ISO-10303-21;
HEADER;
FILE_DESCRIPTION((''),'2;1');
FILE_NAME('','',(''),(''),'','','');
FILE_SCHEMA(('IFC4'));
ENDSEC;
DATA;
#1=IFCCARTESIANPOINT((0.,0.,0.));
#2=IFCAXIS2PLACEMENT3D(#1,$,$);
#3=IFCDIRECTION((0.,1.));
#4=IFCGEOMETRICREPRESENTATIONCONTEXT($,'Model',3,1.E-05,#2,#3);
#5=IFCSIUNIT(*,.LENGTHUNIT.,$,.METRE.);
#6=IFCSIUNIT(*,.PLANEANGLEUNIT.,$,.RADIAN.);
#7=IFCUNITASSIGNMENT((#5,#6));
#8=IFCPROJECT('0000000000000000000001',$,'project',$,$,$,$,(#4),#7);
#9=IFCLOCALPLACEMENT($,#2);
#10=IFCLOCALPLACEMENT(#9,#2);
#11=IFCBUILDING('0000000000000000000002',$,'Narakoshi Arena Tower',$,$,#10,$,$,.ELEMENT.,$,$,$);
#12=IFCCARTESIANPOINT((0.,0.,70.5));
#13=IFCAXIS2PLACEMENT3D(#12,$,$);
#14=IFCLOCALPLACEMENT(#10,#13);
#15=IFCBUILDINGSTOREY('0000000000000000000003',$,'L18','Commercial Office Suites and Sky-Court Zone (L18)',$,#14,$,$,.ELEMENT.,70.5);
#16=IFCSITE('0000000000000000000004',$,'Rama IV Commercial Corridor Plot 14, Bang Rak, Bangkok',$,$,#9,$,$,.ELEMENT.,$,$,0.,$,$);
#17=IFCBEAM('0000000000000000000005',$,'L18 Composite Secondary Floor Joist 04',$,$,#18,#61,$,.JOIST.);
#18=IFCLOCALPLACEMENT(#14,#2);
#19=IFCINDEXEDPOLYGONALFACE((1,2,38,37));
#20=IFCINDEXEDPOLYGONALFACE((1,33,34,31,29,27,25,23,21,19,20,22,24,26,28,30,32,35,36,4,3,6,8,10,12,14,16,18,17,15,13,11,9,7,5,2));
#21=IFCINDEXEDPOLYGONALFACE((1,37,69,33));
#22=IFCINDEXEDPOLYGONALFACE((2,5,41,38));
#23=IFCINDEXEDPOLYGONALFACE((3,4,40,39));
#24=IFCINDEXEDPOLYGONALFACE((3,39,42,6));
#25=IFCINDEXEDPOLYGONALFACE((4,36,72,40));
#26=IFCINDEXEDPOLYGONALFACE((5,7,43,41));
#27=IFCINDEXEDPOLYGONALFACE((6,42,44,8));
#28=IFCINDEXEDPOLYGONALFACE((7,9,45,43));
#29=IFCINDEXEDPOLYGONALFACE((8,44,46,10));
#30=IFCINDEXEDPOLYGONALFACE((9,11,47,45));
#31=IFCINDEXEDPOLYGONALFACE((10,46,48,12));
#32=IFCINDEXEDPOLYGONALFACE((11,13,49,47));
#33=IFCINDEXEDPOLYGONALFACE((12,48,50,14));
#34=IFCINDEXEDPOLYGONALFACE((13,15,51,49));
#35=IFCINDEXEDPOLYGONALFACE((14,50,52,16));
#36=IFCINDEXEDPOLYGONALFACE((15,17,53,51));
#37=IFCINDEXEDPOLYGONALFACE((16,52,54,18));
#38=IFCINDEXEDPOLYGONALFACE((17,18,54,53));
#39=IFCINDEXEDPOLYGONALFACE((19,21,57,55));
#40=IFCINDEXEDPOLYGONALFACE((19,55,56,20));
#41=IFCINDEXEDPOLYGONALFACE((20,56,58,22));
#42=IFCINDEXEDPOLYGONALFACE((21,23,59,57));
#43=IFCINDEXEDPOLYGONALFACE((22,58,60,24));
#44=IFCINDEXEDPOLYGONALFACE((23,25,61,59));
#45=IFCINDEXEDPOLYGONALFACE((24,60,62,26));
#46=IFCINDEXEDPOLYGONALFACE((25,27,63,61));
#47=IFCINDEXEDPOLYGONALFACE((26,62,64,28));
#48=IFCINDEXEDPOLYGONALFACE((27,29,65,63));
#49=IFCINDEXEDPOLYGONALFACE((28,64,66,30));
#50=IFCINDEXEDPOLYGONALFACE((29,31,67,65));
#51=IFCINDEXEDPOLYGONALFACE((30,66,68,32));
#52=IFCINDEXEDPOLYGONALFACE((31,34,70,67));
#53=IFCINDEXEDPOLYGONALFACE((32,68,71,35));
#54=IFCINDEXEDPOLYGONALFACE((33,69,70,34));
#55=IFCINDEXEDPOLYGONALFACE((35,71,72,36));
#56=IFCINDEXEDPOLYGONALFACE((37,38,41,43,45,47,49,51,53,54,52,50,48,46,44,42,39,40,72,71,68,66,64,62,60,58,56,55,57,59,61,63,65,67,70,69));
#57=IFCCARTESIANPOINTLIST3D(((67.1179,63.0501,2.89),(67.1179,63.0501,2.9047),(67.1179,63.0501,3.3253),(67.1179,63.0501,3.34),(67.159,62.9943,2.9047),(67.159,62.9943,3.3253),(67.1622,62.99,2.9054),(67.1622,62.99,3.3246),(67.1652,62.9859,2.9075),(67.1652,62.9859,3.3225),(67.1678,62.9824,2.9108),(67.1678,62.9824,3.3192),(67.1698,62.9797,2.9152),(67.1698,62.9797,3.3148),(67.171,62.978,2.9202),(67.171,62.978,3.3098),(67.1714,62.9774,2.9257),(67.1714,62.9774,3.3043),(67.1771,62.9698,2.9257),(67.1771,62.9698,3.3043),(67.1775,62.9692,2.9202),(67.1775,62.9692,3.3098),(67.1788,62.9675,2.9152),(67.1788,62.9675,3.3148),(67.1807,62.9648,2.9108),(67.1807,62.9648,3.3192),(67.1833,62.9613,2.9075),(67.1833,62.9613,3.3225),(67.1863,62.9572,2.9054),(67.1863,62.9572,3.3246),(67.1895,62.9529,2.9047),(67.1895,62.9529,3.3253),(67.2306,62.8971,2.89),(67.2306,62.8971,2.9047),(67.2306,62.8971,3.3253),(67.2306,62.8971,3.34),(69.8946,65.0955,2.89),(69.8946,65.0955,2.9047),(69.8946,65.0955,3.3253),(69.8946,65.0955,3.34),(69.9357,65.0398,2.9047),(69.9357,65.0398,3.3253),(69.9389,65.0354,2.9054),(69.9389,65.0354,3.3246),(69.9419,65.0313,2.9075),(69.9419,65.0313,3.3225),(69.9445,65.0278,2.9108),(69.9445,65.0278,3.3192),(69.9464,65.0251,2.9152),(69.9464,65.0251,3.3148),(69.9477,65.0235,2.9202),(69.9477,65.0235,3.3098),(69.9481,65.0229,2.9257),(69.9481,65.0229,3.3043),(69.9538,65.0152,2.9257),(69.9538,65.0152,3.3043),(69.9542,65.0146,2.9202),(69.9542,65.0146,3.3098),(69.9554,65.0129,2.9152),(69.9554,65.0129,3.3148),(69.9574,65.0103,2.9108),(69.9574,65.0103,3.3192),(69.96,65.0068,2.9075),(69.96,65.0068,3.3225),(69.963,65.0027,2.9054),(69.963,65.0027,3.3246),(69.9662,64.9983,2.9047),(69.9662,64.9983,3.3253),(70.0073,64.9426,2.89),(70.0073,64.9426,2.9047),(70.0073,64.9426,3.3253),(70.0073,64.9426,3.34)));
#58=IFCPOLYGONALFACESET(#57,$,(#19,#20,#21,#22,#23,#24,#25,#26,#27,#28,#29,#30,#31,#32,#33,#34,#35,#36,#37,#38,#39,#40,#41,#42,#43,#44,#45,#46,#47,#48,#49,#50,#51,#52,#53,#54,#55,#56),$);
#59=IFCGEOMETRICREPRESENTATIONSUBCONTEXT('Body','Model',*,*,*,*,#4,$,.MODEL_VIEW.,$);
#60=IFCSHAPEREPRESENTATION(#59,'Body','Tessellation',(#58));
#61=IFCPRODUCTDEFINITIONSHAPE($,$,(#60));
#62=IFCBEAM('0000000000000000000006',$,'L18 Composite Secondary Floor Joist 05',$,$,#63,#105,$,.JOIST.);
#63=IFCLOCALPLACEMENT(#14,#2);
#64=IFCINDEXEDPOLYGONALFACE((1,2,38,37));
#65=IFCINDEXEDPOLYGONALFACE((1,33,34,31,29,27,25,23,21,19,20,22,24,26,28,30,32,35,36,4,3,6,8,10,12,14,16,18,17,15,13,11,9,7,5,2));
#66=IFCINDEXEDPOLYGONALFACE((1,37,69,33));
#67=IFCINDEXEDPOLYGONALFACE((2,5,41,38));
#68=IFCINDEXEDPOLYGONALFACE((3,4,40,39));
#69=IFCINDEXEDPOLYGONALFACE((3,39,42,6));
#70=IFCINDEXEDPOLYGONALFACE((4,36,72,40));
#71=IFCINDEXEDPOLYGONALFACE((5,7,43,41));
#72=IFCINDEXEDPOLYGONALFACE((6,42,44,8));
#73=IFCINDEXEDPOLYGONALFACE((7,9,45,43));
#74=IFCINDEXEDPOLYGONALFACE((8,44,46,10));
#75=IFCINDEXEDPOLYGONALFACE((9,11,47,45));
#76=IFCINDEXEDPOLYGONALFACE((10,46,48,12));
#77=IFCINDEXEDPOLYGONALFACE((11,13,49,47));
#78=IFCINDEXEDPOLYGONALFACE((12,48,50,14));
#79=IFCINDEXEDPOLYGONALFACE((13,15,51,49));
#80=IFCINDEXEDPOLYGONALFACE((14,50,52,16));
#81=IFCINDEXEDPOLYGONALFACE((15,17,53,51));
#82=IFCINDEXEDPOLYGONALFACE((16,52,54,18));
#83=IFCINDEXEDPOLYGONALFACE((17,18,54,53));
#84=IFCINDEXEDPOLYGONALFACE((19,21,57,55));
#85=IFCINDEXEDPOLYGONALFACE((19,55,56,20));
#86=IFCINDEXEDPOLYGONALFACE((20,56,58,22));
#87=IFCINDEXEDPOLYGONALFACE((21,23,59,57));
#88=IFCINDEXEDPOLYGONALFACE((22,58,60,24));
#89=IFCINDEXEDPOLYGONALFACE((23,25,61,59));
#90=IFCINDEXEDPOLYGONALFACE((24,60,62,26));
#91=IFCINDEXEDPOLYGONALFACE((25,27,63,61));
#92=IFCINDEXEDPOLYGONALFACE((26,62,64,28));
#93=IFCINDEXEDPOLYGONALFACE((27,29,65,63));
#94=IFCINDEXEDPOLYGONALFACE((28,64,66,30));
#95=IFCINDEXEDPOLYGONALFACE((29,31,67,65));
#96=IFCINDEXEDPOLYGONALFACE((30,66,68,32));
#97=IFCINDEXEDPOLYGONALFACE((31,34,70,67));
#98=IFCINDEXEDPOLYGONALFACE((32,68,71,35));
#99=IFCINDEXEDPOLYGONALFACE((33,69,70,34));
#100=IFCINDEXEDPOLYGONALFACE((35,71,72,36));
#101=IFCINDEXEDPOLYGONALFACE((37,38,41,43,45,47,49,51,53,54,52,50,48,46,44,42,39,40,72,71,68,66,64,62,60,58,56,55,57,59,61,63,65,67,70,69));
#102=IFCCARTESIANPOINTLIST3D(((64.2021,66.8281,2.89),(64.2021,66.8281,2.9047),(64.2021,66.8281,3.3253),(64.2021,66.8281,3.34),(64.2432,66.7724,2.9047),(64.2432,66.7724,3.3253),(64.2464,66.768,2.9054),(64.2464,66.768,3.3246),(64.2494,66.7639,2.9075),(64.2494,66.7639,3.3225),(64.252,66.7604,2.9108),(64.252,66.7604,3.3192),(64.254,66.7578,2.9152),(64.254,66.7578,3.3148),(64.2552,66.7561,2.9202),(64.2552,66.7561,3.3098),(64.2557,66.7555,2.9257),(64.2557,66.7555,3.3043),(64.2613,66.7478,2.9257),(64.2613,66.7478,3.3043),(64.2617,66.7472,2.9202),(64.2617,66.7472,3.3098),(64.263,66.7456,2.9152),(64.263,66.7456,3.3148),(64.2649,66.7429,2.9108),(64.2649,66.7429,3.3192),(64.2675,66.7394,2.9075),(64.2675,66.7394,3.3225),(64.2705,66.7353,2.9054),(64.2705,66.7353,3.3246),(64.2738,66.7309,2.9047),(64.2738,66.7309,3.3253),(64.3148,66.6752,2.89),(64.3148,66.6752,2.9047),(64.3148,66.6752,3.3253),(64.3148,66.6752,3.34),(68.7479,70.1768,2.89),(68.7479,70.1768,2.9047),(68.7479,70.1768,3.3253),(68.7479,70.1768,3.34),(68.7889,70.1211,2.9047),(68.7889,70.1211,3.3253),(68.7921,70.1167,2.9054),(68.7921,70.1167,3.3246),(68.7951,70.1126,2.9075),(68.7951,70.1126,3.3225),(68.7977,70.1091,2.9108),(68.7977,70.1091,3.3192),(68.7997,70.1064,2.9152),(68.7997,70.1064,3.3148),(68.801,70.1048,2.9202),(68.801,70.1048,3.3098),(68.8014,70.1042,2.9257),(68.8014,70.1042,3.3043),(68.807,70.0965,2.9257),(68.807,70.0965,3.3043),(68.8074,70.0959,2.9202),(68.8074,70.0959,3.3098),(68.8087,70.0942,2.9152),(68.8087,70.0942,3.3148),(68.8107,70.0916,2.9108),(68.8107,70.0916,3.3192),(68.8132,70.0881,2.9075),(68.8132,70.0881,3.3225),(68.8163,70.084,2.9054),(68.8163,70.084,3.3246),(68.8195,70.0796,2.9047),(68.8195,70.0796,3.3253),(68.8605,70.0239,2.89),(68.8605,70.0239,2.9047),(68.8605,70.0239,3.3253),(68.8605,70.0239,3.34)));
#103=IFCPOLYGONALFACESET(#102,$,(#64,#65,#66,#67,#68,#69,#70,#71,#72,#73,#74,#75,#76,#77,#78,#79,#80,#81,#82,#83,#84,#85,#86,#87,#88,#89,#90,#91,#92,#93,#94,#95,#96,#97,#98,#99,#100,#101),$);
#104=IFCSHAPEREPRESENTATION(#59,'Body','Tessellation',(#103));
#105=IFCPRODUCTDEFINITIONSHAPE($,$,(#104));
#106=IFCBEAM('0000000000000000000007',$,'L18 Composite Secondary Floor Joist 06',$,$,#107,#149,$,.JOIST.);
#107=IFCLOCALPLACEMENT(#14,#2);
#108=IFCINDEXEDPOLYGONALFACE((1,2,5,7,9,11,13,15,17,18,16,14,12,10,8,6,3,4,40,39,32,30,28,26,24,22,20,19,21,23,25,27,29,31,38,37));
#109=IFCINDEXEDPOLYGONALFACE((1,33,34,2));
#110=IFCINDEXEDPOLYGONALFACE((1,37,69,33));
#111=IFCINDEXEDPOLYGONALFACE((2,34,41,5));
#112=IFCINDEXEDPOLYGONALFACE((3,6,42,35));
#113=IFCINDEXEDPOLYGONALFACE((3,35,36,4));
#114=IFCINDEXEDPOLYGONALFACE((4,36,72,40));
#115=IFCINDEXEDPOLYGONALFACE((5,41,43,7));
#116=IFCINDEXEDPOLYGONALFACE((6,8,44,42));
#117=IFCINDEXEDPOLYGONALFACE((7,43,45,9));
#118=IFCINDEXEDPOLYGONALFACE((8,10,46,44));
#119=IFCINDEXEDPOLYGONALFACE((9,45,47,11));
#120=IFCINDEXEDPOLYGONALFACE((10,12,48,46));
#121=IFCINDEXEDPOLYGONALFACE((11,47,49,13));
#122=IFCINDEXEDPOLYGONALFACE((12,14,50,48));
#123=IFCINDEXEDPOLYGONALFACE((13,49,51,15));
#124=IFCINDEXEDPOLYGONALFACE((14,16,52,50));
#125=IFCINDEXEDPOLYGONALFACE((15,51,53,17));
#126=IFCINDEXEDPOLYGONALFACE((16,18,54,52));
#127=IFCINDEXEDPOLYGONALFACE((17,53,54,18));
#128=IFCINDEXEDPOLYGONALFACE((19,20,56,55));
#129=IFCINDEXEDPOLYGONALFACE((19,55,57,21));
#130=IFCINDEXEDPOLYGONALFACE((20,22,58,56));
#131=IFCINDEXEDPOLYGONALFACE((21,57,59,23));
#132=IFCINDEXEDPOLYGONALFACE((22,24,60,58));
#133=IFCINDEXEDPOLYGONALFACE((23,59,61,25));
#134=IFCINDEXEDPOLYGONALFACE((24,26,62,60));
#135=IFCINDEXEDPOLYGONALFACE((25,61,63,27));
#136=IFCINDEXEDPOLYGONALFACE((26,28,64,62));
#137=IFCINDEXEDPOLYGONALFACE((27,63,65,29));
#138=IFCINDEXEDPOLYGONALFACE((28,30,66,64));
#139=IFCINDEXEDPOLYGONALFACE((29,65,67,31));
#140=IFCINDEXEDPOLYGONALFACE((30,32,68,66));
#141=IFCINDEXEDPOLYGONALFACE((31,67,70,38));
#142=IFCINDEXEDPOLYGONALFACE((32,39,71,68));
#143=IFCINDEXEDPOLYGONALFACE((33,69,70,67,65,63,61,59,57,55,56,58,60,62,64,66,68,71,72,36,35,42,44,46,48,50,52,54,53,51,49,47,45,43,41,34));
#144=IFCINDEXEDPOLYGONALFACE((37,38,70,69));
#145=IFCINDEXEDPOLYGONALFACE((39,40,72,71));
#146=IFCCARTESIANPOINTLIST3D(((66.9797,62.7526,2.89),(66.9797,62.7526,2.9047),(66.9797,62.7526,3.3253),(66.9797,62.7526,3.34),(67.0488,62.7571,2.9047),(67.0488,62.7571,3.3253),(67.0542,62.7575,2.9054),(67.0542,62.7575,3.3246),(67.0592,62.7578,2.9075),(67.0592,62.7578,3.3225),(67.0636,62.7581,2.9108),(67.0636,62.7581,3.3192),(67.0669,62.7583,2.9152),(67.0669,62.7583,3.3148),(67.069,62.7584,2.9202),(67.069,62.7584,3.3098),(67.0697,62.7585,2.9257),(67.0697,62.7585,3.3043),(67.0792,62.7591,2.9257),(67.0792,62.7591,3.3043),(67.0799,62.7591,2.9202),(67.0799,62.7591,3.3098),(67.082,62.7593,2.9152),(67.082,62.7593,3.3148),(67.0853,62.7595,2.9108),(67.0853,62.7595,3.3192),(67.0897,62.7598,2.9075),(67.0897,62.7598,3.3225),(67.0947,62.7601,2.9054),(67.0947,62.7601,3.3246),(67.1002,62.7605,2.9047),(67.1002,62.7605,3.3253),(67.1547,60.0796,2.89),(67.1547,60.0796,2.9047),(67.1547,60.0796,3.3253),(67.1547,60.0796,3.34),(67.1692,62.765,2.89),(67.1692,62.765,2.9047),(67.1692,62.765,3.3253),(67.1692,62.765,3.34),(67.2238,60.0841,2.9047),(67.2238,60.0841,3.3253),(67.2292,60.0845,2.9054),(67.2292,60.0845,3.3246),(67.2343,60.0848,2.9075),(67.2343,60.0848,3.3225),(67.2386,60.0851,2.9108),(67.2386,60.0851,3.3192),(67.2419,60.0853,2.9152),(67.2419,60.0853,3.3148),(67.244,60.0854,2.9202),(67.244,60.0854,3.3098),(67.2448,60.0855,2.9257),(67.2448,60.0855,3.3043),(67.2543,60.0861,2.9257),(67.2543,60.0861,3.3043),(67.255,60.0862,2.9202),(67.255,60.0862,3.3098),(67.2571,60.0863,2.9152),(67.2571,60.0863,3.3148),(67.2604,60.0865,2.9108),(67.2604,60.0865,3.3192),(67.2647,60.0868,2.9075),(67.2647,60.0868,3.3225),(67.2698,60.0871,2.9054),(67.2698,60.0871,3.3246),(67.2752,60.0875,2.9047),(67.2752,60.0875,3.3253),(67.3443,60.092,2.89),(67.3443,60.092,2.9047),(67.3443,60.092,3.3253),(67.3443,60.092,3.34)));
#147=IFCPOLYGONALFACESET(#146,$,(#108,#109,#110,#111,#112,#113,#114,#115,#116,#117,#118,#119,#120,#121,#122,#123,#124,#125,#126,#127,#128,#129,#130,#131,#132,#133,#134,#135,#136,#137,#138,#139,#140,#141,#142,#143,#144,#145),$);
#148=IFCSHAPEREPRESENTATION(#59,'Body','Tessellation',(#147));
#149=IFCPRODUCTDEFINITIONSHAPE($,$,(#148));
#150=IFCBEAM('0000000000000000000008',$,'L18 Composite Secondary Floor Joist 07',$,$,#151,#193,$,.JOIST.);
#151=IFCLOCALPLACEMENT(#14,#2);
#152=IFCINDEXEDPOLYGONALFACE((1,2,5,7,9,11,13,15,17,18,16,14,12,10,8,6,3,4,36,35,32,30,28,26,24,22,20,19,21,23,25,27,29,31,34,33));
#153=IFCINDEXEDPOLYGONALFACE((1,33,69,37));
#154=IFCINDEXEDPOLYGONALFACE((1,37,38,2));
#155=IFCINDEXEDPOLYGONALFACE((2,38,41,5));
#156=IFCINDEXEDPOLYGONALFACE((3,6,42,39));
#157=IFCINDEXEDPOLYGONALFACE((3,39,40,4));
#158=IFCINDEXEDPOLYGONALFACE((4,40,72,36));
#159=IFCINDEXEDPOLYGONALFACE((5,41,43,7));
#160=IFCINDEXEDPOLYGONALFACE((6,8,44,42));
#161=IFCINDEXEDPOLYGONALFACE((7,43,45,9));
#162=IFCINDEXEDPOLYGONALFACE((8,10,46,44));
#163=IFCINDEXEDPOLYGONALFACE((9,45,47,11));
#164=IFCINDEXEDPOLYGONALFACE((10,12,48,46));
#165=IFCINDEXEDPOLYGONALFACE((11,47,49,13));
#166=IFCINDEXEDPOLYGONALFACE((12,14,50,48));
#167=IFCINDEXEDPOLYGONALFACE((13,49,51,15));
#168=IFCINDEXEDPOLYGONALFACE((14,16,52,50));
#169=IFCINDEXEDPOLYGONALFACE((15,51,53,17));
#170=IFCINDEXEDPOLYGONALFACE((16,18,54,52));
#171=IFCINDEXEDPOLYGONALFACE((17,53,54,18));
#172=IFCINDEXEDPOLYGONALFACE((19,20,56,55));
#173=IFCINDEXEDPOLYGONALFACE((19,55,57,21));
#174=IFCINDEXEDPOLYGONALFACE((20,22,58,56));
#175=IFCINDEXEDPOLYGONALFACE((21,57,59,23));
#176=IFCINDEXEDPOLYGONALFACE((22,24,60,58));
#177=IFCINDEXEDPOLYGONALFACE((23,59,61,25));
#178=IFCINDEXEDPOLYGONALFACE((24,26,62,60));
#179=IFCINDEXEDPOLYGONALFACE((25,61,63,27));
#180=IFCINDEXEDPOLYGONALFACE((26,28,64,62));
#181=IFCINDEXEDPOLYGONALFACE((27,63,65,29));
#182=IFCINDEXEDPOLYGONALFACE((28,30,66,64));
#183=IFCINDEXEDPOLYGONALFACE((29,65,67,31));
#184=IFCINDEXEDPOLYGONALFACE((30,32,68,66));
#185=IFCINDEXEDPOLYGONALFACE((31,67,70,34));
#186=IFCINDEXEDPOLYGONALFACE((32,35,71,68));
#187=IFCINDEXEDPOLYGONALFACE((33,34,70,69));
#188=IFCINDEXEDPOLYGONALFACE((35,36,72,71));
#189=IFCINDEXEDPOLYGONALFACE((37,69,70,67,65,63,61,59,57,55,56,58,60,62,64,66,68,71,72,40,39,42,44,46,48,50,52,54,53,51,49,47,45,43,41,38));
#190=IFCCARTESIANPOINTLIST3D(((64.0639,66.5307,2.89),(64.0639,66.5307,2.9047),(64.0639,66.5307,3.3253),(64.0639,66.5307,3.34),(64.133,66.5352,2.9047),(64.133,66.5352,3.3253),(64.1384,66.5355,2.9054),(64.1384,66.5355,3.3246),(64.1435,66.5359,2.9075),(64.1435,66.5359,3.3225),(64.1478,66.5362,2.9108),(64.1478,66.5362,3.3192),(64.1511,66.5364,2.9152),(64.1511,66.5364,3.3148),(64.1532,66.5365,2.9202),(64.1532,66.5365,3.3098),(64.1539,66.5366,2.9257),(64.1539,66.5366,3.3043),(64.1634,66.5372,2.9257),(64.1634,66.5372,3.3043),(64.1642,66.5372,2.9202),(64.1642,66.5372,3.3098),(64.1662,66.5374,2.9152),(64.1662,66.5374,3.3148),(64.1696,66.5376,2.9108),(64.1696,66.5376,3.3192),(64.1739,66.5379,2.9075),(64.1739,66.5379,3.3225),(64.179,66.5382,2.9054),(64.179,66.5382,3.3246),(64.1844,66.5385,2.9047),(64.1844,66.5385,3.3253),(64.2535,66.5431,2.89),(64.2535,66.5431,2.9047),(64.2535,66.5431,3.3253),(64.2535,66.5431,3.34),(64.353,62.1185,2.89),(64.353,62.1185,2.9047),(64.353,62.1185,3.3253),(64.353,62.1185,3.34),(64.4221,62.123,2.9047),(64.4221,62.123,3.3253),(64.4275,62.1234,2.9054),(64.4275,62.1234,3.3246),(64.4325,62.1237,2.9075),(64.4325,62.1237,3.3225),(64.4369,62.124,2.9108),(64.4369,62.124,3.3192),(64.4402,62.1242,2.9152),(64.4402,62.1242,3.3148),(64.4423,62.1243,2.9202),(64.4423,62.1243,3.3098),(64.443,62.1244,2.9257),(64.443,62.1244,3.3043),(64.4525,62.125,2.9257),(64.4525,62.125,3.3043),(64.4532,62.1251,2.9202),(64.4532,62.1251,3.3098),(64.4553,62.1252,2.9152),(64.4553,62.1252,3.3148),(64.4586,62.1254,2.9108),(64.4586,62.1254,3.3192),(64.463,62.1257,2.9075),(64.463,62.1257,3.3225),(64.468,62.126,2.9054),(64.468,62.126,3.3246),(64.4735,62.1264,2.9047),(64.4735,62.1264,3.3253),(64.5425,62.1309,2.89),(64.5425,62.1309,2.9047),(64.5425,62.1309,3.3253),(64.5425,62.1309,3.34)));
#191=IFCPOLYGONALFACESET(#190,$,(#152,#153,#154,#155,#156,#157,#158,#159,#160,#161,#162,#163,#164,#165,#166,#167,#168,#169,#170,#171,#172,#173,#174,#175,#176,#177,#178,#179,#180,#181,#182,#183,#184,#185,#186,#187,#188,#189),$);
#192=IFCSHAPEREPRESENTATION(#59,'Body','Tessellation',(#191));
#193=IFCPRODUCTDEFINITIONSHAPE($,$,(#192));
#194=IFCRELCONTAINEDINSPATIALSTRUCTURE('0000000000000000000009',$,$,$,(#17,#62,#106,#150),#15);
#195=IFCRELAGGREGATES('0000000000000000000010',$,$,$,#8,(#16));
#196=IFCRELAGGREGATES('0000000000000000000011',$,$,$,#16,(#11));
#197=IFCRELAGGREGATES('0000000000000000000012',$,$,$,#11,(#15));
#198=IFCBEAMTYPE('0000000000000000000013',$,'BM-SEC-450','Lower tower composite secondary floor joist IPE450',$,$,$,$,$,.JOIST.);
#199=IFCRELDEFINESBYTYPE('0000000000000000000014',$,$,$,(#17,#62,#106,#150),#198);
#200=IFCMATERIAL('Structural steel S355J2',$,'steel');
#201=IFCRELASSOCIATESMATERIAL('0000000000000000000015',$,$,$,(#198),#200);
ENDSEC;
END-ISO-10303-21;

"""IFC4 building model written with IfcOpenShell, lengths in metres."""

from ifc_helpers import new_model, si_unit, direction, frame, origin, origin_2d, place, context, subcontext, project, spatial, i_section, extrude, material, material_profile, profile_set, type_object, element, save


model = new_model("IFC4")

# Units and contexts
model_context = context("Model", 3, precision=1e-05, world=origin(), true_north=direction((0.0, 1.0)))
body_context = subcontext(model_context, "Body", "Model", "MODEL_VIEW")
ifc_project = project(units=[si_unit("LENGTHUNIT", "METRE"), si_unit("PLANEANGLEUNIT", "RADIAN")], contexts=[model_context])

# Site, building, storey
site_placement = place(None, origin())
site = spatial("IfcSite", under=ifc_project, at=site_placement, Name="Rama IV Commercial Corridor Plot 14, Bang Rak, Bangkok", CompositionType="ELEMENT", RefElevation=0.0)
building_placement = place(site_placement, origin())
building = spatial("IfcBuilding", under=site, at=building_placement, Name="Narakoshi Arena Tower", CompositionType="ELEMENT")
storey_placement = place(building_placement, frame((0.0, 0.0, 70.5)))
storey = spatial("IfcBuildingStorey", under=building, at=storey_placement, Name="L18", Description="Commercial Office Suites and Sky-Court Zone (L18)", CompositionType="ELEMENT", Elevation=70.5)

# Beams
ifc_material_1 = material(Name="Structural steel S355J2", Category="steel")
ifc_material_profile_1 = material_profile(ifc_material_1, i_section(OverallWidth=0.1899, OverallDepth=0.45, WebThickness=0.0095, FlangeThickness=0.0146, FilletRadius=0.021, at=origin_2d()), Name="IPE450")
ifc_profile_set_1 = profile_set([ifc_material_profile_1], Name="Structural steel S355J2")
beam_type_1 = type_object("IfcBeamType", Name="BM-SEC-450", Description="Lower tower composite secondary floor joist IPE450", PredefinedType="JOIST", material=ifc_profile_set_1)
beam_1_placement = place(storey_placement, frame((69.9509, 65.019, 3.115), z_axis=(-0.805127, -0.593102, 0.0), x_axis=(0.593102, -0.805127, 0.0)))
element("IfcBeam", 1, at=beam_1_placement, inside=storey, type_object=beam_type_1, Name="L18 Composite Secondary Floor Joist 04", PredefinedType="JOIST", context=body_context, shape_type="SweptSolid", body=[
    extrude(i_section(OverallWidth=0.1899, OverallDepth=0.45, WebThickness=0.0095, FlangeThickness=0.0146, FilletRadius=0.021, at=origin_2d()), origin(), (0.0, 0.0, 1.0), 3.4487),
])
beam_2_placement = place(storey_placement, frame((68.8042, 70.1003, 3.115), z_axis=(-0.805123, -0.593108, 0.0), x_axis=(0.593108, -0.805123, 0.0)))
element("IfcBeam", 2, at=beam_2_placement, inside=storey, type_object=beam_type_1, Name="L18 Composite Secondary Floor Joist 05", PredefinedType="JOIST", context=body_context, shape_type="SweptSolid", body=[
    extrude(i_section(OverallWidth=0.1899, OverallDepth=0.45, WebThickness=0.0095, FlangeThickness=0.0146, FilletRadius=0.021, at=origin_2d()), origin(), (0.0, 0.0, 1.0), 5.646),
])
beam_3_placement = place(storey_placement, frame((67.0745, 62.7588, 3.115), z_axis=(0.065345, -0.997863, 0.0), x_axis=(0.997863, 0.065345, 0.0)))
element("IfcBeam", 3, at=beam_3_placement, inside=storey, type_object=beam_type_1, Name="L18 Composite Secondary Floor Joist 06", PredefinedType="JOIST", context=body_context, shape_type="SweptSolid", body=[
    extrude(i_section(OverallWidth=0.1899, OverallDepth=0.45, WebThickness=0.0095, FlangeThickness=0.0146, FilletRadius=0.021, at=origin_2d()), origin(), (0.0, 0.0, 1.0), 2.6787),
])
beam_4_placement = place(storey_placement, frame((64.1587, 66.5369, 3.115), z_axis=(0.065376, -0.997861, 0.0), x_axis=(0.997861, 0.065376, 0.0)))
element("IfcBeam", 4, at=beam_4_placement, inside=storey, type_object=beam_type_1, Name="L18 Composite Secondary Floor Joist 07", PredefinedType="JOIST", context=body_context, shape_type="SweptSolid", body=[
    extrude(i_section(OverallWidth=0.1899, OverallDepth=0.45, WebThickness=0.0095, FlangeThickness=0.0146, FilletRadius=0.021, at=origin_2d()), origin(), (0.0, 0.0, 1.0), 4.4216),
])

save(model, "model.ifc")
